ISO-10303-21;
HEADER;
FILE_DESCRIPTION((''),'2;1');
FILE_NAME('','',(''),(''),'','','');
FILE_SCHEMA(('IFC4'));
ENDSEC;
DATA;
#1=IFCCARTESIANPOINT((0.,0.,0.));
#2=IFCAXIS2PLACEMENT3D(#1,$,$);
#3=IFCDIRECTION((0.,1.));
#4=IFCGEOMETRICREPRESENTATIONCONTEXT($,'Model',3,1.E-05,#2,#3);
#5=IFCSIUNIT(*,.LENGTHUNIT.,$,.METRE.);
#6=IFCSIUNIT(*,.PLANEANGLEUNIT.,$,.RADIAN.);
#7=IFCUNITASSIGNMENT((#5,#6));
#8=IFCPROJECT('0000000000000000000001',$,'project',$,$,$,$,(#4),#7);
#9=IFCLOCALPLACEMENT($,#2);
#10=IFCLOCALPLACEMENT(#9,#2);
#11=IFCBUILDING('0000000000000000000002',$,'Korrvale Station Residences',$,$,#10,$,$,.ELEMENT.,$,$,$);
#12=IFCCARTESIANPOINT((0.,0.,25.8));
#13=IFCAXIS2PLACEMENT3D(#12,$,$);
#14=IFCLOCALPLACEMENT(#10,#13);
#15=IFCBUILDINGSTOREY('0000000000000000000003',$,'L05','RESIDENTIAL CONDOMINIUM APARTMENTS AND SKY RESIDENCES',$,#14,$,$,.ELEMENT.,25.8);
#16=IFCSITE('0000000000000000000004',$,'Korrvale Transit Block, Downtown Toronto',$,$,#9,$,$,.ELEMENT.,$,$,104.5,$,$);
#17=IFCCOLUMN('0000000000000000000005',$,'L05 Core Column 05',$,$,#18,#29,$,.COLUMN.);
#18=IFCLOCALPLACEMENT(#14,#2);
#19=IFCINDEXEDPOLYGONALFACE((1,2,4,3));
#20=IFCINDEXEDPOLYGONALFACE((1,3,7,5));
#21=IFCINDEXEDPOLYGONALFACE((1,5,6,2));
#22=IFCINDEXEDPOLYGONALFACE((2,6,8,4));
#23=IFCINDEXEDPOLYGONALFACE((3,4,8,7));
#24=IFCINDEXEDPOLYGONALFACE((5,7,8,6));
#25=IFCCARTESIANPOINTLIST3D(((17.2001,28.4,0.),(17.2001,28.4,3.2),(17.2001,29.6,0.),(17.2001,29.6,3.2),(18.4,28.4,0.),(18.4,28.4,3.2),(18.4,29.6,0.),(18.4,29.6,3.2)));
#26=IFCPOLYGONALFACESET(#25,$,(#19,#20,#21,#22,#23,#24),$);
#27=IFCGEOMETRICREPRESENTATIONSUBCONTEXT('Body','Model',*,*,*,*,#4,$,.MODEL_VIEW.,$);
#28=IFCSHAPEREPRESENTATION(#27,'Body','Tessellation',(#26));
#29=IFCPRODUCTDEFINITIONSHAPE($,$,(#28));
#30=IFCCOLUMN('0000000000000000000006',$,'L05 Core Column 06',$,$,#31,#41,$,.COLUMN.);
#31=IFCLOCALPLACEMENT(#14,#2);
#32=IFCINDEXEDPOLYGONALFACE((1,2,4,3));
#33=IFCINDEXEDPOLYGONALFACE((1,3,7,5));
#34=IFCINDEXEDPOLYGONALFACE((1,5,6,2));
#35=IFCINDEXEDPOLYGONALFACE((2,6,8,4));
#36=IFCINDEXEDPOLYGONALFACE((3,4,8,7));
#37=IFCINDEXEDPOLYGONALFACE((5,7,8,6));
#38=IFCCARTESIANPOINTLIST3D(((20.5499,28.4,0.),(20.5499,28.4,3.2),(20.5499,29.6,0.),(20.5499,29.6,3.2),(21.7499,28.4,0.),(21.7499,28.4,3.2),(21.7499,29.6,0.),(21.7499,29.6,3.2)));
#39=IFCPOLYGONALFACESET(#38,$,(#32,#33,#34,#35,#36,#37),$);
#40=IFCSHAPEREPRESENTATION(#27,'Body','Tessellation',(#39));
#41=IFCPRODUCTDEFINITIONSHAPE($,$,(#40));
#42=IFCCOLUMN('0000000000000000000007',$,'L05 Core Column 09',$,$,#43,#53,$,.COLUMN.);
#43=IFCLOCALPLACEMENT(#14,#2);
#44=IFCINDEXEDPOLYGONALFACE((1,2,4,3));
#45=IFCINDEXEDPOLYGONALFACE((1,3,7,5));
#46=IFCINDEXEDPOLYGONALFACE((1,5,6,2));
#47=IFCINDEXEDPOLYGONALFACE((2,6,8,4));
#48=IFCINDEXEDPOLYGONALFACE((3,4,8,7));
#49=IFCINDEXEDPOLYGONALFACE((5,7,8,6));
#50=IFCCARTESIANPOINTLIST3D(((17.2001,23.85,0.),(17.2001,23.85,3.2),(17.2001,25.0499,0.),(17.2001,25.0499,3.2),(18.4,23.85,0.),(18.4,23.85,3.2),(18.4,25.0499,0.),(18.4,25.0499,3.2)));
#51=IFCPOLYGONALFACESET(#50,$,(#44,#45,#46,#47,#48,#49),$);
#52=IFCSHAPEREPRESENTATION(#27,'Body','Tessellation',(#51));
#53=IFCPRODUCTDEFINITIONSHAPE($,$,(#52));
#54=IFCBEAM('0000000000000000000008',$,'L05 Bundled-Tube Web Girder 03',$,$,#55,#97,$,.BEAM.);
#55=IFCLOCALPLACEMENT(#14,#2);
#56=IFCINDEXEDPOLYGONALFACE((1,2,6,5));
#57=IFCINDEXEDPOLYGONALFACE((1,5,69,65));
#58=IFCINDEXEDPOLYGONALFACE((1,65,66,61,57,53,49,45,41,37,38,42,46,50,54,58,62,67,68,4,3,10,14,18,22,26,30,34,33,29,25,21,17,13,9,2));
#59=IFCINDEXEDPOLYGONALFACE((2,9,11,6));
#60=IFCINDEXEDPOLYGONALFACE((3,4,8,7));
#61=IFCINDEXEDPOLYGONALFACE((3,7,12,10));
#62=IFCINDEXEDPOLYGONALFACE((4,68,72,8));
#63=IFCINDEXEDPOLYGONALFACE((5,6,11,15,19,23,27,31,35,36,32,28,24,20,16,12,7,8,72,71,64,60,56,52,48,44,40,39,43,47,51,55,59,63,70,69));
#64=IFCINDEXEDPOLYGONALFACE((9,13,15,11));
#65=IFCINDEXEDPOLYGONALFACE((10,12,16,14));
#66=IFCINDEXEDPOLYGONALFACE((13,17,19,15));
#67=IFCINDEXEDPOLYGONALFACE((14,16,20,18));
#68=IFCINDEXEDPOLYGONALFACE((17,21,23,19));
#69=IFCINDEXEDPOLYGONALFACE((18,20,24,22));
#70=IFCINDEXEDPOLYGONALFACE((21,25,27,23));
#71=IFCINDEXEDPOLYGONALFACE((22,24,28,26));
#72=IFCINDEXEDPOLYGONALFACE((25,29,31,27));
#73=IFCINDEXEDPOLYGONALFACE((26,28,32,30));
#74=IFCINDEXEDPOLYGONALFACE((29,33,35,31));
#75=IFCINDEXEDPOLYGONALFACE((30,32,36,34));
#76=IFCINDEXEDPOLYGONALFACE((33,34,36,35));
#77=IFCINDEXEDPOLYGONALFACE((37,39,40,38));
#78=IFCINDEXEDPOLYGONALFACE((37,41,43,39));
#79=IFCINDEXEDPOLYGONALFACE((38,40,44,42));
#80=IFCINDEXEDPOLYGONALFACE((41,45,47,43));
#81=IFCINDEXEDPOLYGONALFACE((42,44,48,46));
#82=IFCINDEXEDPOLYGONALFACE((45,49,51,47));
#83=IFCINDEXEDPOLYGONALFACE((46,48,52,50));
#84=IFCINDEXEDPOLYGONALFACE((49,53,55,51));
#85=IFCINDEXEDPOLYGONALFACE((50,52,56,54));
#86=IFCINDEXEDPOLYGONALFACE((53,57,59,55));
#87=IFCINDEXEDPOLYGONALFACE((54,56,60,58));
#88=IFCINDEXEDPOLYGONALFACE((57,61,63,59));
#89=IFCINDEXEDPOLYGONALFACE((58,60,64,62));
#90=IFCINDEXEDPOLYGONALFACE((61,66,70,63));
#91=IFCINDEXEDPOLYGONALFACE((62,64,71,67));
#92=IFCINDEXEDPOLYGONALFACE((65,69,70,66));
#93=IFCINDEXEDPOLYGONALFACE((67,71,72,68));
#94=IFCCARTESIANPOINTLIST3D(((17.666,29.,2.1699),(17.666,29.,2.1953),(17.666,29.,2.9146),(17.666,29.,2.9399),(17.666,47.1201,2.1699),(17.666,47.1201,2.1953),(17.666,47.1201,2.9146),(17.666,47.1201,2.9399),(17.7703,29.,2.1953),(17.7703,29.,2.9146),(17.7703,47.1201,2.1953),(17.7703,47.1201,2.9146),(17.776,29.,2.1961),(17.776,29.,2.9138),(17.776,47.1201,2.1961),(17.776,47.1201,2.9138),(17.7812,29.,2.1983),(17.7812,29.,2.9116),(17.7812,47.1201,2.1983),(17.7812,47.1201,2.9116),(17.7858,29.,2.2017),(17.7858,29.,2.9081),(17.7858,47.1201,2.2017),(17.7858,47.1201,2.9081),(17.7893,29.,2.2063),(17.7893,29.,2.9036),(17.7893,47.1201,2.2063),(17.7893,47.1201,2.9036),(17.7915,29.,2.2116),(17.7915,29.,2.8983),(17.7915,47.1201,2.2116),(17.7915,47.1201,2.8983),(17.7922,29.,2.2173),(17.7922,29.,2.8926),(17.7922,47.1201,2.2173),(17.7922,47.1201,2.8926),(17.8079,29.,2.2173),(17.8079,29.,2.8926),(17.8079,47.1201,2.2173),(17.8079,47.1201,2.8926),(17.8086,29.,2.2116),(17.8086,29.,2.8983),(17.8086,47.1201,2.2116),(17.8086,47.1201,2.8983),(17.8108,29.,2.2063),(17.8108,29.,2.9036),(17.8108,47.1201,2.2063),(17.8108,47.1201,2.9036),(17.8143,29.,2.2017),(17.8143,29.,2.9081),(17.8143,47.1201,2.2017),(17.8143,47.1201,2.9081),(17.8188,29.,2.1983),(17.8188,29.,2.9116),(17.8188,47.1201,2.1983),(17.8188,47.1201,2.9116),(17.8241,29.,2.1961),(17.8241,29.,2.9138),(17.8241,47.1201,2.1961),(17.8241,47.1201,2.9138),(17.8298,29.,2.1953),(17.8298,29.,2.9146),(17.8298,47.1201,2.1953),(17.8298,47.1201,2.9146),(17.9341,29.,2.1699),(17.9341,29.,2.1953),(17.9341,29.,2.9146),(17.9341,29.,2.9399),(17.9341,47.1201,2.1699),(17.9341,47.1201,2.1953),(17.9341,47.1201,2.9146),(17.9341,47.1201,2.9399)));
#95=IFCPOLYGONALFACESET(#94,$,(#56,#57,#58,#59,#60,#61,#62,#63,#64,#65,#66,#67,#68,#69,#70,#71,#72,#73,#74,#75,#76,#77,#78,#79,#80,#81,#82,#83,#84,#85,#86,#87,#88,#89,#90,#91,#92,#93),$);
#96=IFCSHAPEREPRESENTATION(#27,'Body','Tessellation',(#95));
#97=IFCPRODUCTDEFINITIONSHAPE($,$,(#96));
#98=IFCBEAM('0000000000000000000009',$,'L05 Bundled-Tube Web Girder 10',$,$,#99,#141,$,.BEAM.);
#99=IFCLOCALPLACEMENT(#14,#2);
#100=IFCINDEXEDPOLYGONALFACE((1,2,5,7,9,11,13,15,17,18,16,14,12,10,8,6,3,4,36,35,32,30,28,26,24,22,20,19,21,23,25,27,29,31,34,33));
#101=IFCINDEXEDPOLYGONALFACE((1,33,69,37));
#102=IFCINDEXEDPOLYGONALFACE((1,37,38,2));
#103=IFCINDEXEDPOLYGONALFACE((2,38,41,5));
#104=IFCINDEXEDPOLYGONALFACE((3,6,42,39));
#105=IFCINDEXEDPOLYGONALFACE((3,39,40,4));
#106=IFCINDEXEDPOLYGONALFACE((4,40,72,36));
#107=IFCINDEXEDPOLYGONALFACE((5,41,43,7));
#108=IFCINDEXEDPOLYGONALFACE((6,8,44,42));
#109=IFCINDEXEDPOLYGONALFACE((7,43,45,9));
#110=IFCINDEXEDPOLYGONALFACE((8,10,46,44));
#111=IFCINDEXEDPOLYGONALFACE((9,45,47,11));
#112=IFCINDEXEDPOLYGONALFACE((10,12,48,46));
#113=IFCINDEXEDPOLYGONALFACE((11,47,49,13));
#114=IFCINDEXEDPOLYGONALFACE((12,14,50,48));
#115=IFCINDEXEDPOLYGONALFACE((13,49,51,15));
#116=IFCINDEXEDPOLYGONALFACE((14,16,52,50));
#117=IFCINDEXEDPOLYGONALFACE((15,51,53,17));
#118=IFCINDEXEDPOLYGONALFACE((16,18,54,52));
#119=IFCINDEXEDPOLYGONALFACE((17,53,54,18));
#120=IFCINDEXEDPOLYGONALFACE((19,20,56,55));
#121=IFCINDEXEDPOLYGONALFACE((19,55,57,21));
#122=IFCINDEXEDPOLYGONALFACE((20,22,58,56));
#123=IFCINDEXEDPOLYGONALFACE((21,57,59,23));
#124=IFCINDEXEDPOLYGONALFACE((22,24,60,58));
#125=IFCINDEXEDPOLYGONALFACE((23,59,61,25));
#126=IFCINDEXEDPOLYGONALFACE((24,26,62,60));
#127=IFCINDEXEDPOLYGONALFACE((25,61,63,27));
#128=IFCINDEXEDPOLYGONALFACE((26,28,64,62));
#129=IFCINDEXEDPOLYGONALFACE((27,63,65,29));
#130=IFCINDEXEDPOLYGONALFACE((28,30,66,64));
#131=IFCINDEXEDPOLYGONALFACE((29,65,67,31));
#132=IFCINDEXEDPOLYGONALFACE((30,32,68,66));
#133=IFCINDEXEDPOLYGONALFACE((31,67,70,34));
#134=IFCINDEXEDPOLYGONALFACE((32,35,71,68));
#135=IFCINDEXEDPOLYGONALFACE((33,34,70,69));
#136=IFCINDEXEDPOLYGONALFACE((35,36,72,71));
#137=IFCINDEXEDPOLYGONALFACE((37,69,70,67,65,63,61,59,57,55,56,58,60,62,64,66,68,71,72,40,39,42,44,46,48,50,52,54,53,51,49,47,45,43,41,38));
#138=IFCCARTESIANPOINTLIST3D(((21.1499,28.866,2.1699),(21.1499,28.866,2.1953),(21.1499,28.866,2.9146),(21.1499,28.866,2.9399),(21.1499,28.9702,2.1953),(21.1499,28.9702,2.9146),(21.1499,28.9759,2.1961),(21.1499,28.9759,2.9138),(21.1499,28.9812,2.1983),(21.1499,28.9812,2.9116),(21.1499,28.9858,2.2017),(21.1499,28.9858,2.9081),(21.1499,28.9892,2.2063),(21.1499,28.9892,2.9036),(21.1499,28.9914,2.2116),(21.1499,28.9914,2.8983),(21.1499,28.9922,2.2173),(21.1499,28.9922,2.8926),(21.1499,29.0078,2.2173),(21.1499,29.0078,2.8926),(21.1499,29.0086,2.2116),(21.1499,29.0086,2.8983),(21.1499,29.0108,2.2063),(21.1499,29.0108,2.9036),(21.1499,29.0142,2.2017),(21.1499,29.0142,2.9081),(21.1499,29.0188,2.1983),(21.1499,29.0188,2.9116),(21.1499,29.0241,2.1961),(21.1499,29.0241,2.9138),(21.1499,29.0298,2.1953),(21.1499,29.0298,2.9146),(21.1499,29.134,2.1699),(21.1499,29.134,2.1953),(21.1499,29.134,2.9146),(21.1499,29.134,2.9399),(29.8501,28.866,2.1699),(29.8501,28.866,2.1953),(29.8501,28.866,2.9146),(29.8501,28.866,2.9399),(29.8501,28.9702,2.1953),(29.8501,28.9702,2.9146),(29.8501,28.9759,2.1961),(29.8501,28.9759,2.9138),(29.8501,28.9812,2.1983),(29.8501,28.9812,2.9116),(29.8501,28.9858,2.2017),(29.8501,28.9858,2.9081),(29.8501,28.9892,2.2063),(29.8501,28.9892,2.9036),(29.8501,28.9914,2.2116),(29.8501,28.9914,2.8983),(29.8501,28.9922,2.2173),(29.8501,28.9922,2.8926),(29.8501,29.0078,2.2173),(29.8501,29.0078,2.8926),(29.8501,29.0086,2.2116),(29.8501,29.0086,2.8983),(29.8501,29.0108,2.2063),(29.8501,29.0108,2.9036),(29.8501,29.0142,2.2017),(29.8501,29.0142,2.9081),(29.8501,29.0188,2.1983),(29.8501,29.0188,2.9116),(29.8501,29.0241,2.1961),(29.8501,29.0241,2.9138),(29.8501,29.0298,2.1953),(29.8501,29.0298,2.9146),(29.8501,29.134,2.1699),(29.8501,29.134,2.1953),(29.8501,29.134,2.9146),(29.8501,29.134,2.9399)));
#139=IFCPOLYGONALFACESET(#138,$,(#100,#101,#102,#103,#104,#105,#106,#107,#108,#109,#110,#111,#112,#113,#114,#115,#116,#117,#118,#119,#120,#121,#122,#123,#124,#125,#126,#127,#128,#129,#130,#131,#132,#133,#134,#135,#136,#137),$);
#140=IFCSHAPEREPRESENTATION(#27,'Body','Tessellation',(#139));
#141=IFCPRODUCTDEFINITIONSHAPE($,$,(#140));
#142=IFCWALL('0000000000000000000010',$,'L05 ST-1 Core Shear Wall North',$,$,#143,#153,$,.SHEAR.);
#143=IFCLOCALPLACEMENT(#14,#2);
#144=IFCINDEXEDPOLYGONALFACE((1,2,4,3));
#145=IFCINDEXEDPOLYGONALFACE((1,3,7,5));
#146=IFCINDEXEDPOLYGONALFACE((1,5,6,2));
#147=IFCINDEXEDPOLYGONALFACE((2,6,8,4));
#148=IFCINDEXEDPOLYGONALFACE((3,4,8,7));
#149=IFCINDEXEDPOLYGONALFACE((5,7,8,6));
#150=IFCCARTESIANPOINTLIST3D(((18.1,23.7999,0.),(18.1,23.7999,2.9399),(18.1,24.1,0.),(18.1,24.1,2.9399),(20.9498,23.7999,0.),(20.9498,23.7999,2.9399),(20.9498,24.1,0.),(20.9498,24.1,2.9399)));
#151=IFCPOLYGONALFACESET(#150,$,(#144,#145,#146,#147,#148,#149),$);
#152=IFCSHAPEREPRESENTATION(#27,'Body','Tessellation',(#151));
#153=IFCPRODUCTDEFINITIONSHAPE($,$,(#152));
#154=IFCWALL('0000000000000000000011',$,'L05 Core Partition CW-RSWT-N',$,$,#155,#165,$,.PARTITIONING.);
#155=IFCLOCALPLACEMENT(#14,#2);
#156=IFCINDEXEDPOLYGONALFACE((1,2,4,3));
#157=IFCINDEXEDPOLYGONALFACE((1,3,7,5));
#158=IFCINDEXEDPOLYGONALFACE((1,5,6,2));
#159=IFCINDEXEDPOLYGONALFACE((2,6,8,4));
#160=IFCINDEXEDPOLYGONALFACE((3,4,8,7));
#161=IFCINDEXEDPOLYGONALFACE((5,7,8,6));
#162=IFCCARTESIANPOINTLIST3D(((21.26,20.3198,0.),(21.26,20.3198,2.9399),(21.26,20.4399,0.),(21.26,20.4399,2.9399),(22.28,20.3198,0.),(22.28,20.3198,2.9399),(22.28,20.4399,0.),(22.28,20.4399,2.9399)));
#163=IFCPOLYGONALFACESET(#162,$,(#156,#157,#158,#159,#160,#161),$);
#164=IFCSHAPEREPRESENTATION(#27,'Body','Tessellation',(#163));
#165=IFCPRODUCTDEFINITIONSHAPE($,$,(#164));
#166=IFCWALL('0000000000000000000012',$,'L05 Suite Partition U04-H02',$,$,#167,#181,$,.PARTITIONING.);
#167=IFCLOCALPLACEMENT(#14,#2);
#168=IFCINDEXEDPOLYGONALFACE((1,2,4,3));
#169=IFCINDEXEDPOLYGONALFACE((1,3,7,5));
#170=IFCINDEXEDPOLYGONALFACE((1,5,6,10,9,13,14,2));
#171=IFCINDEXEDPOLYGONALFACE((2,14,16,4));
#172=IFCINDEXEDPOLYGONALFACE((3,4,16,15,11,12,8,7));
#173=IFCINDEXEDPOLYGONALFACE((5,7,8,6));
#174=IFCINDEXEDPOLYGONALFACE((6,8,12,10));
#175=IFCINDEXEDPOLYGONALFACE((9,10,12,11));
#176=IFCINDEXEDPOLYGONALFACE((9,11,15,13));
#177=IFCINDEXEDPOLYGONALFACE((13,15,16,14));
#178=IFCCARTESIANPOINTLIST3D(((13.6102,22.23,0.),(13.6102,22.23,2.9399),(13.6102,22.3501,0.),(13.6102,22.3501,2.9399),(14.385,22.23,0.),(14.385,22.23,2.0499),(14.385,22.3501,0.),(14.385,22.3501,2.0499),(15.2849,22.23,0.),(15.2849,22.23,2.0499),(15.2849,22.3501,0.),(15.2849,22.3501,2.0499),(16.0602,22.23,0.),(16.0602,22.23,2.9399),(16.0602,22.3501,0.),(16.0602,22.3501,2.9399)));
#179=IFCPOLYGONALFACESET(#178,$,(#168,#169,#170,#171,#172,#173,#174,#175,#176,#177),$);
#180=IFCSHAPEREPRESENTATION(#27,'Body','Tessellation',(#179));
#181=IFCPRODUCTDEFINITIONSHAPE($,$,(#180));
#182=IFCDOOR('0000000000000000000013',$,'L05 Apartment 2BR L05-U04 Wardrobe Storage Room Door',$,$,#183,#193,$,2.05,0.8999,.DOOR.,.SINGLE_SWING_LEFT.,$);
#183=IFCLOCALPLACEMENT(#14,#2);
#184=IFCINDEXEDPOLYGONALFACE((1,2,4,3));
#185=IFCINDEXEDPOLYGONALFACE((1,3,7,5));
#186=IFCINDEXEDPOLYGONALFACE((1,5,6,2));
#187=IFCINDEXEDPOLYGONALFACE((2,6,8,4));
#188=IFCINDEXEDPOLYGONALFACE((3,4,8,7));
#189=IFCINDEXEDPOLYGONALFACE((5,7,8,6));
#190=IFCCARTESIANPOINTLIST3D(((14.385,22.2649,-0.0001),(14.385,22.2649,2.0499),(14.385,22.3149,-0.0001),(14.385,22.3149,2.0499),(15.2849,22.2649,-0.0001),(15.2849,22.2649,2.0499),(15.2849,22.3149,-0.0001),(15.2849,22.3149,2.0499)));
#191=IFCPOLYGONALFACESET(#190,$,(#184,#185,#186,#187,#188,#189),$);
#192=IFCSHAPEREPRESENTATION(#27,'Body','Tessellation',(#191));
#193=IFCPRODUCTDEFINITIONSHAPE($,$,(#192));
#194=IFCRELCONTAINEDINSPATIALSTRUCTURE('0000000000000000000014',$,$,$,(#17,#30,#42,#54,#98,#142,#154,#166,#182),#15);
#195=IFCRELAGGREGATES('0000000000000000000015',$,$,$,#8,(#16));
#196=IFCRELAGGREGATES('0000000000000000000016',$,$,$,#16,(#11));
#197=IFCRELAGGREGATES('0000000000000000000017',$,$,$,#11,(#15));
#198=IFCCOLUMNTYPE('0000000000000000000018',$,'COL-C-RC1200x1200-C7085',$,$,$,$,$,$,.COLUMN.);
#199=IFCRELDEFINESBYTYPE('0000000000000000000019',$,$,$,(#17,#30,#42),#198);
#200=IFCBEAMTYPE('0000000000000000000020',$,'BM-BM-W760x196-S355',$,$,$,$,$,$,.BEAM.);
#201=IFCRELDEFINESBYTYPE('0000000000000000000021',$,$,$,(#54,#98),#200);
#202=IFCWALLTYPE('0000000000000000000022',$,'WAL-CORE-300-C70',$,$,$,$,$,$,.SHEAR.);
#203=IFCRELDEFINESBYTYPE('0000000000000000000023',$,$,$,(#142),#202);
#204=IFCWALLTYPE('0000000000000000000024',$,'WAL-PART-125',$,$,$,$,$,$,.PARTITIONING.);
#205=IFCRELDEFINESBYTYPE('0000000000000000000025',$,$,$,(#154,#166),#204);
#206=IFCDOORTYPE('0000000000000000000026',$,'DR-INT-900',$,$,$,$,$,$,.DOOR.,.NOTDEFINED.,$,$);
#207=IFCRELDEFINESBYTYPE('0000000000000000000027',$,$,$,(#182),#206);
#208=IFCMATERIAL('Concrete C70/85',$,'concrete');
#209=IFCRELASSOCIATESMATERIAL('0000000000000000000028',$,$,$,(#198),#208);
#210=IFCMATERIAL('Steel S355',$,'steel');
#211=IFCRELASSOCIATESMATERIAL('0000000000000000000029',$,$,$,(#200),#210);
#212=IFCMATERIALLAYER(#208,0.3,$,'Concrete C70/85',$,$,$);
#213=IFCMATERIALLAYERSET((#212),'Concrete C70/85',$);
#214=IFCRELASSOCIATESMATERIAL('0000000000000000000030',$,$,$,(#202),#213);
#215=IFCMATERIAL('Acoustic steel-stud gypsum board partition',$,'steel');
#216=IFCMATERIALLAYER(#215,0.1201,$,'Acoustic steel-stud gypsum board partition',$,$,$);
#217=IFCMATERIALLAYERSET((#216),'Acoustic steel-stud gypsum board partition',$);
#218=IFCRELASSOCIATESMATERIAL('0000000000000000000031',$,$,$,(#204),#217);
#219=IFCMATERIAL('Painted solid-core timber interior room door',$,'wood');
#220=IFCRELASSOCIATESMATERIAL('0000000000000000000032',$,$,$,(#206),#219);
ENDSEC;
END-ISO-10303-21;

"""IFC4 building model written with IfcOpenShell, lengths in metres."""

from ifc_helpers import new_model, si_unit, direction, frame, frame_2d, origin, origin_2d, place, context, subcontext, project, spatial, rectangle, i_section, extrude, material, layer, layer_set, material_profile, profile_set, type_object, element, fill, save


model = new_model("IFC4")

# Units and contexts
model_context = context("Model", 3, precision=1e-05, world=origin(), true_north=direction((0.0, 1.0)))
body_context = subcontext(model_context, "Body", "Model", "MODEL_VIEW")
ifc_project = project(units=[si_unit("LENGTHUNIT", "METRE"), si_unit("PLANEANGLEUNIT", "RADIAN")], contexts=[model_context])

# Site, building, storey
site_placement = place(None, origin())
site = spatial("IfcSite", under=ifc_project, at=site_placement, Name="Korrvale Transit Block, Downtown Toronto", CompositionType="ELEMENT", RefElevation=104.5)
building_placement = place(site_placement, origin())
building = spatial("IfcBuilding", under=site, at=building_placement, Name="Korrvale Station Residences", CompositionType="ELEMENT")
storey_placement = place(building_placement, frame((0.0, 0.0, 25.8)))
storey = spatial("IfcBuildingStorey", under=building, at=storey_placement, Name="L05", Description="RESIDENTIAL CONDOMINIUM APARTMENTS AND SKY RESIDENCES", CompositionType="ELEMENT", Elevation=25.8)

# Columns
ifc_material_1 = material(Name="Concrete C70/85", Category="concrete")
ifc_material_profile_1 = material_profile(ifc_material_1, rectangle(XDim=1.2, YDim=1.2, at=origin_2d()), Name="RC1200x1200")
ifc_profile_set_1 = profile_set([ifc_material_profile_1], Name="Concrete C70/85")
column_type = type_object("IfcColumnType", Name="COL-C-RC1200x1200-C7085", PredefinedType="COLUMN", material=ifc_profile_set_1)
for number, where, z_axis, x_axis, name in (
    (1, (17.8, 29.0, 0.0), (0.0, 0.0, 1.0), (1.0, 0.0, 0.0), "L05 Core Column 05"),
    (2, (21.1499, 29.0, 0.0), (0.0, 0.0, 1.0), (1.0, 0.0, 0.0), "L05 Core Column 06"),
    (3, (17.8, 24.45, 0.0), (0.0, 0.0, 1.0), (1.0, 0.0, 0.0), "L05 Core Column 09"),
):
    element("IfcColumn", number, at=place(storey_placement, frame(where, z_axis=z_axis, x_axis=x_axis)), inside=storey, type_object=column_type, Name=name, PredefinedType="COLUMN", context=body_context, shape_type="SweptSolid", body=[
        extrude(rectangle(XDim=1.2, YDim=1.2, at=origin_2d()), origin(), (0.0, 0.0, 1.0), 3.2),
    ])

# Beams
ifc_material_2 = material(Name="Steel S355", Category="steel")
ifc_material_profile_2 = material_profile(ifc_material_2, i_section(OverallWidth=0.2681, OverallDepth=0.77, WebThickness=0.0156, FlangeThickness=0.0254, FilletRadius=0.022, at=origin_2d()), Name="W760x196")
ifc_profile_set_2 = profile_set([ifc_material_profile_2], Name="Steel S355")
beam_type = type_object("IfcBeamType", Name="BM-BM-W760x196-S355", PredefinedType="BEAM", material=ifc_profile_set_2)
beam_1_placement = place(storey_placement, frame((17.8, 29.0, 2.5549), z_axis=(0.0, 1.0, 0.0), x_axis=(-1.0, 0.0, 0.0)))
element("IfcBeam", 4, at=beam_1_placement, inside=storey, type_object=beam_type, Name="L05 Bundled-Tube Web Girder 03", PredefinedType="BEAM", context=body_context, shape_type="SweptSolid", body=[
    extrude(i_section(OverallWidth=0.2681, OverallDepth=0.77, WebThickness=0.0156, FlangeThickness=0.0254, FilletRadius=0.022, at=origin_2d()), origin(), (0.0, 0.0, 1.0), 18.1201),
])
beam_2_placement = place(storey_placement, frame((21.1499, 29.0, 2.5549), z_axis=(1.0, 0.0, 0.0), x_axis=(0.0, 1.0, 0.0)))
element("IfcBeam", 5, at=beam_2_placement, inside=storey, type_object=beam_type, Name="L05 Bundled-Tube Web Girder 10", PredefinedType="BEAM", context=body_context, shape_type="SweptSolid", body=[
    extrude(i_section(OverallWidth=0.2681, OverallDepth=0.77, WebThickness=0.0156, FlangeThickness=0.0254, FilletRadius=0.022, at=origin_2d()), origin(), (0.0, 0.0, 1.0), 8.7002),
])

# Walls
ifc_layer_1 = layer(ifc_material_1, 0.3, Name="Concrete C70/85")
ifc_layer_set_1 = layer_set([ifc_layer_1], Name="Concrete C70/85")
wall_type_1 = type_object("IfcWallType", Name="WAL-CORE-300-C70", PredefinedType="SHEAR", material=ifc_layer_set_1)
wall_1_placement = place(storey_placement, frame((18.1001, 23.95, 0.0), z_axis=(0.0, 0.0, 1.0), x_axis=(1.0, 0.0, 0.0)))
element("IfcWall", 6, at=wall_1_placement, inside=storey, type_object=wall_type_1, Name="L05 ST-1 Core Shear Wall North", PredefinedType="SHEAR", context=body_context, shape_type="SweptSolid", body=[
    extrude(rectangle(XDim=2.8499, YDim=0.3, at=frame_2d((1.4248, 0.0))), origin(), (0.0, 0.0, 1.0), 2.9399),
])
ifc_material_3 = material(Name="Acoustic steel-stud gypsum board partition", Category="steel")
ifc_layer_2 = layer(ifc_material_3, 0.1201, Name="Acoustic steel-stud gypsum board partition")
ifc_layer_set_2 = layer_set([ifc_layer_2], Name="Acoustic steel-stud gypsum board partition")
wall_type_2 = type_object("IfcWallType", Name="WAL-PART-125", PredefinedType="PARTITIONING", material=ifc_layer_set_2)
wall_2_placement = place(storey_placement, frame((22.28, 20.3799, 0.0), z_axis=(0.0, 0.0, 1.0), x_axis=(-1.0, 0.0, 0.0)))
element("IfcWall", 7, at=wall_2_placement, inside=storey, type_object=wall_type_2, Name="L05 Core Partition CW-RSWT-N", PredefinedType="PARTITIONING", context=body_context, shape_type="SweptSolid", body=[
    extrude(rectangle(XDim=1.02, YDim=0.1201, at=frame_2d((0.51, 0.0))), origin(), (0.0, 0.0, 1.0), 2.9399),
])

# Wall, opening, door
wall_3_placement = place(storey_placement, frame((13.6101, 22.29, 0.0), z_axis=(0.0, 0.0, 1.0), x_axis=(1.0, 0.0, 0.0)))
wall_3 = element("IfcWall", 8, at=wall_3_placement, inside=storey, type_object=wall_type_2, Name="L05 Suite Partition U04-H02", PredefinedType="PARTITIONING", context=body_context, shape_type="SweptSolid", body=[
    extrude(rectangle(XDim=2.45, YDim=0.1201, at=frame_2d((1.2251, 0.0))), origin(), (0.0, 0.0, 1.0), 2.9399),
])
opening_1_placement = place(wall_3_placement, frame((0.7749, 0.0, 0.0)))
opening_1 = element("IfcOpeningElement", 9, at=opening_1_placement, cuts=wall_3, PredefinedType="OPENING", context=body_context, shape_type="SweptSolid", body=[
    extrude(rectangle(XDim=0.8999, YDim=2.05, at=frame_2d((0.45, 1.0249))), frame((0.0, 0.0701, 0.0), z_axis=(0.0, -1.0, 0.0), x_axis=(1.0, 0.0, 0.0)), (0.0, 0.0, 1.0), 0.1401),
])
ifc_material_4 = material(Name="Painted solid-core timber interior room door", Category="wood")
door_type_1 = type_object("IfcDoorType", Name="DR-INT-900", OperationType="NOTDEFINED", PredefinedType="DOOR", material=ifc_material_4)
door_1_placement = place(opening_1_placement, origin())
door_1 = element("IfcDoor", 10, at=door_1_placement, inside=storey, type_object=door_type_1, Name="L05 Apartment 2BR L05-U04 Wardrobe Storage Room Door", OperationType="SINGLE_SWING_LEFT", OverallHeight=2.05, OverallWidth=0.8999, PredefinedType="DOOR", context=body_context, shape_type="SweptSolid", body=[
    extrude(rectangle(XDim=0.8999, YDim=2.05, at=frame_2d((0.45, 1.0249))), frame((0.0, 0.0249, 0.0), z_axis=(0.0, -1.0, 0.0), x_axis=(1.0, 0.0, 0.0)), (0.0, 0.0, 1.0), 0.05),
])
fill(opening_1, door_1)

save(model, "model.ifc")
